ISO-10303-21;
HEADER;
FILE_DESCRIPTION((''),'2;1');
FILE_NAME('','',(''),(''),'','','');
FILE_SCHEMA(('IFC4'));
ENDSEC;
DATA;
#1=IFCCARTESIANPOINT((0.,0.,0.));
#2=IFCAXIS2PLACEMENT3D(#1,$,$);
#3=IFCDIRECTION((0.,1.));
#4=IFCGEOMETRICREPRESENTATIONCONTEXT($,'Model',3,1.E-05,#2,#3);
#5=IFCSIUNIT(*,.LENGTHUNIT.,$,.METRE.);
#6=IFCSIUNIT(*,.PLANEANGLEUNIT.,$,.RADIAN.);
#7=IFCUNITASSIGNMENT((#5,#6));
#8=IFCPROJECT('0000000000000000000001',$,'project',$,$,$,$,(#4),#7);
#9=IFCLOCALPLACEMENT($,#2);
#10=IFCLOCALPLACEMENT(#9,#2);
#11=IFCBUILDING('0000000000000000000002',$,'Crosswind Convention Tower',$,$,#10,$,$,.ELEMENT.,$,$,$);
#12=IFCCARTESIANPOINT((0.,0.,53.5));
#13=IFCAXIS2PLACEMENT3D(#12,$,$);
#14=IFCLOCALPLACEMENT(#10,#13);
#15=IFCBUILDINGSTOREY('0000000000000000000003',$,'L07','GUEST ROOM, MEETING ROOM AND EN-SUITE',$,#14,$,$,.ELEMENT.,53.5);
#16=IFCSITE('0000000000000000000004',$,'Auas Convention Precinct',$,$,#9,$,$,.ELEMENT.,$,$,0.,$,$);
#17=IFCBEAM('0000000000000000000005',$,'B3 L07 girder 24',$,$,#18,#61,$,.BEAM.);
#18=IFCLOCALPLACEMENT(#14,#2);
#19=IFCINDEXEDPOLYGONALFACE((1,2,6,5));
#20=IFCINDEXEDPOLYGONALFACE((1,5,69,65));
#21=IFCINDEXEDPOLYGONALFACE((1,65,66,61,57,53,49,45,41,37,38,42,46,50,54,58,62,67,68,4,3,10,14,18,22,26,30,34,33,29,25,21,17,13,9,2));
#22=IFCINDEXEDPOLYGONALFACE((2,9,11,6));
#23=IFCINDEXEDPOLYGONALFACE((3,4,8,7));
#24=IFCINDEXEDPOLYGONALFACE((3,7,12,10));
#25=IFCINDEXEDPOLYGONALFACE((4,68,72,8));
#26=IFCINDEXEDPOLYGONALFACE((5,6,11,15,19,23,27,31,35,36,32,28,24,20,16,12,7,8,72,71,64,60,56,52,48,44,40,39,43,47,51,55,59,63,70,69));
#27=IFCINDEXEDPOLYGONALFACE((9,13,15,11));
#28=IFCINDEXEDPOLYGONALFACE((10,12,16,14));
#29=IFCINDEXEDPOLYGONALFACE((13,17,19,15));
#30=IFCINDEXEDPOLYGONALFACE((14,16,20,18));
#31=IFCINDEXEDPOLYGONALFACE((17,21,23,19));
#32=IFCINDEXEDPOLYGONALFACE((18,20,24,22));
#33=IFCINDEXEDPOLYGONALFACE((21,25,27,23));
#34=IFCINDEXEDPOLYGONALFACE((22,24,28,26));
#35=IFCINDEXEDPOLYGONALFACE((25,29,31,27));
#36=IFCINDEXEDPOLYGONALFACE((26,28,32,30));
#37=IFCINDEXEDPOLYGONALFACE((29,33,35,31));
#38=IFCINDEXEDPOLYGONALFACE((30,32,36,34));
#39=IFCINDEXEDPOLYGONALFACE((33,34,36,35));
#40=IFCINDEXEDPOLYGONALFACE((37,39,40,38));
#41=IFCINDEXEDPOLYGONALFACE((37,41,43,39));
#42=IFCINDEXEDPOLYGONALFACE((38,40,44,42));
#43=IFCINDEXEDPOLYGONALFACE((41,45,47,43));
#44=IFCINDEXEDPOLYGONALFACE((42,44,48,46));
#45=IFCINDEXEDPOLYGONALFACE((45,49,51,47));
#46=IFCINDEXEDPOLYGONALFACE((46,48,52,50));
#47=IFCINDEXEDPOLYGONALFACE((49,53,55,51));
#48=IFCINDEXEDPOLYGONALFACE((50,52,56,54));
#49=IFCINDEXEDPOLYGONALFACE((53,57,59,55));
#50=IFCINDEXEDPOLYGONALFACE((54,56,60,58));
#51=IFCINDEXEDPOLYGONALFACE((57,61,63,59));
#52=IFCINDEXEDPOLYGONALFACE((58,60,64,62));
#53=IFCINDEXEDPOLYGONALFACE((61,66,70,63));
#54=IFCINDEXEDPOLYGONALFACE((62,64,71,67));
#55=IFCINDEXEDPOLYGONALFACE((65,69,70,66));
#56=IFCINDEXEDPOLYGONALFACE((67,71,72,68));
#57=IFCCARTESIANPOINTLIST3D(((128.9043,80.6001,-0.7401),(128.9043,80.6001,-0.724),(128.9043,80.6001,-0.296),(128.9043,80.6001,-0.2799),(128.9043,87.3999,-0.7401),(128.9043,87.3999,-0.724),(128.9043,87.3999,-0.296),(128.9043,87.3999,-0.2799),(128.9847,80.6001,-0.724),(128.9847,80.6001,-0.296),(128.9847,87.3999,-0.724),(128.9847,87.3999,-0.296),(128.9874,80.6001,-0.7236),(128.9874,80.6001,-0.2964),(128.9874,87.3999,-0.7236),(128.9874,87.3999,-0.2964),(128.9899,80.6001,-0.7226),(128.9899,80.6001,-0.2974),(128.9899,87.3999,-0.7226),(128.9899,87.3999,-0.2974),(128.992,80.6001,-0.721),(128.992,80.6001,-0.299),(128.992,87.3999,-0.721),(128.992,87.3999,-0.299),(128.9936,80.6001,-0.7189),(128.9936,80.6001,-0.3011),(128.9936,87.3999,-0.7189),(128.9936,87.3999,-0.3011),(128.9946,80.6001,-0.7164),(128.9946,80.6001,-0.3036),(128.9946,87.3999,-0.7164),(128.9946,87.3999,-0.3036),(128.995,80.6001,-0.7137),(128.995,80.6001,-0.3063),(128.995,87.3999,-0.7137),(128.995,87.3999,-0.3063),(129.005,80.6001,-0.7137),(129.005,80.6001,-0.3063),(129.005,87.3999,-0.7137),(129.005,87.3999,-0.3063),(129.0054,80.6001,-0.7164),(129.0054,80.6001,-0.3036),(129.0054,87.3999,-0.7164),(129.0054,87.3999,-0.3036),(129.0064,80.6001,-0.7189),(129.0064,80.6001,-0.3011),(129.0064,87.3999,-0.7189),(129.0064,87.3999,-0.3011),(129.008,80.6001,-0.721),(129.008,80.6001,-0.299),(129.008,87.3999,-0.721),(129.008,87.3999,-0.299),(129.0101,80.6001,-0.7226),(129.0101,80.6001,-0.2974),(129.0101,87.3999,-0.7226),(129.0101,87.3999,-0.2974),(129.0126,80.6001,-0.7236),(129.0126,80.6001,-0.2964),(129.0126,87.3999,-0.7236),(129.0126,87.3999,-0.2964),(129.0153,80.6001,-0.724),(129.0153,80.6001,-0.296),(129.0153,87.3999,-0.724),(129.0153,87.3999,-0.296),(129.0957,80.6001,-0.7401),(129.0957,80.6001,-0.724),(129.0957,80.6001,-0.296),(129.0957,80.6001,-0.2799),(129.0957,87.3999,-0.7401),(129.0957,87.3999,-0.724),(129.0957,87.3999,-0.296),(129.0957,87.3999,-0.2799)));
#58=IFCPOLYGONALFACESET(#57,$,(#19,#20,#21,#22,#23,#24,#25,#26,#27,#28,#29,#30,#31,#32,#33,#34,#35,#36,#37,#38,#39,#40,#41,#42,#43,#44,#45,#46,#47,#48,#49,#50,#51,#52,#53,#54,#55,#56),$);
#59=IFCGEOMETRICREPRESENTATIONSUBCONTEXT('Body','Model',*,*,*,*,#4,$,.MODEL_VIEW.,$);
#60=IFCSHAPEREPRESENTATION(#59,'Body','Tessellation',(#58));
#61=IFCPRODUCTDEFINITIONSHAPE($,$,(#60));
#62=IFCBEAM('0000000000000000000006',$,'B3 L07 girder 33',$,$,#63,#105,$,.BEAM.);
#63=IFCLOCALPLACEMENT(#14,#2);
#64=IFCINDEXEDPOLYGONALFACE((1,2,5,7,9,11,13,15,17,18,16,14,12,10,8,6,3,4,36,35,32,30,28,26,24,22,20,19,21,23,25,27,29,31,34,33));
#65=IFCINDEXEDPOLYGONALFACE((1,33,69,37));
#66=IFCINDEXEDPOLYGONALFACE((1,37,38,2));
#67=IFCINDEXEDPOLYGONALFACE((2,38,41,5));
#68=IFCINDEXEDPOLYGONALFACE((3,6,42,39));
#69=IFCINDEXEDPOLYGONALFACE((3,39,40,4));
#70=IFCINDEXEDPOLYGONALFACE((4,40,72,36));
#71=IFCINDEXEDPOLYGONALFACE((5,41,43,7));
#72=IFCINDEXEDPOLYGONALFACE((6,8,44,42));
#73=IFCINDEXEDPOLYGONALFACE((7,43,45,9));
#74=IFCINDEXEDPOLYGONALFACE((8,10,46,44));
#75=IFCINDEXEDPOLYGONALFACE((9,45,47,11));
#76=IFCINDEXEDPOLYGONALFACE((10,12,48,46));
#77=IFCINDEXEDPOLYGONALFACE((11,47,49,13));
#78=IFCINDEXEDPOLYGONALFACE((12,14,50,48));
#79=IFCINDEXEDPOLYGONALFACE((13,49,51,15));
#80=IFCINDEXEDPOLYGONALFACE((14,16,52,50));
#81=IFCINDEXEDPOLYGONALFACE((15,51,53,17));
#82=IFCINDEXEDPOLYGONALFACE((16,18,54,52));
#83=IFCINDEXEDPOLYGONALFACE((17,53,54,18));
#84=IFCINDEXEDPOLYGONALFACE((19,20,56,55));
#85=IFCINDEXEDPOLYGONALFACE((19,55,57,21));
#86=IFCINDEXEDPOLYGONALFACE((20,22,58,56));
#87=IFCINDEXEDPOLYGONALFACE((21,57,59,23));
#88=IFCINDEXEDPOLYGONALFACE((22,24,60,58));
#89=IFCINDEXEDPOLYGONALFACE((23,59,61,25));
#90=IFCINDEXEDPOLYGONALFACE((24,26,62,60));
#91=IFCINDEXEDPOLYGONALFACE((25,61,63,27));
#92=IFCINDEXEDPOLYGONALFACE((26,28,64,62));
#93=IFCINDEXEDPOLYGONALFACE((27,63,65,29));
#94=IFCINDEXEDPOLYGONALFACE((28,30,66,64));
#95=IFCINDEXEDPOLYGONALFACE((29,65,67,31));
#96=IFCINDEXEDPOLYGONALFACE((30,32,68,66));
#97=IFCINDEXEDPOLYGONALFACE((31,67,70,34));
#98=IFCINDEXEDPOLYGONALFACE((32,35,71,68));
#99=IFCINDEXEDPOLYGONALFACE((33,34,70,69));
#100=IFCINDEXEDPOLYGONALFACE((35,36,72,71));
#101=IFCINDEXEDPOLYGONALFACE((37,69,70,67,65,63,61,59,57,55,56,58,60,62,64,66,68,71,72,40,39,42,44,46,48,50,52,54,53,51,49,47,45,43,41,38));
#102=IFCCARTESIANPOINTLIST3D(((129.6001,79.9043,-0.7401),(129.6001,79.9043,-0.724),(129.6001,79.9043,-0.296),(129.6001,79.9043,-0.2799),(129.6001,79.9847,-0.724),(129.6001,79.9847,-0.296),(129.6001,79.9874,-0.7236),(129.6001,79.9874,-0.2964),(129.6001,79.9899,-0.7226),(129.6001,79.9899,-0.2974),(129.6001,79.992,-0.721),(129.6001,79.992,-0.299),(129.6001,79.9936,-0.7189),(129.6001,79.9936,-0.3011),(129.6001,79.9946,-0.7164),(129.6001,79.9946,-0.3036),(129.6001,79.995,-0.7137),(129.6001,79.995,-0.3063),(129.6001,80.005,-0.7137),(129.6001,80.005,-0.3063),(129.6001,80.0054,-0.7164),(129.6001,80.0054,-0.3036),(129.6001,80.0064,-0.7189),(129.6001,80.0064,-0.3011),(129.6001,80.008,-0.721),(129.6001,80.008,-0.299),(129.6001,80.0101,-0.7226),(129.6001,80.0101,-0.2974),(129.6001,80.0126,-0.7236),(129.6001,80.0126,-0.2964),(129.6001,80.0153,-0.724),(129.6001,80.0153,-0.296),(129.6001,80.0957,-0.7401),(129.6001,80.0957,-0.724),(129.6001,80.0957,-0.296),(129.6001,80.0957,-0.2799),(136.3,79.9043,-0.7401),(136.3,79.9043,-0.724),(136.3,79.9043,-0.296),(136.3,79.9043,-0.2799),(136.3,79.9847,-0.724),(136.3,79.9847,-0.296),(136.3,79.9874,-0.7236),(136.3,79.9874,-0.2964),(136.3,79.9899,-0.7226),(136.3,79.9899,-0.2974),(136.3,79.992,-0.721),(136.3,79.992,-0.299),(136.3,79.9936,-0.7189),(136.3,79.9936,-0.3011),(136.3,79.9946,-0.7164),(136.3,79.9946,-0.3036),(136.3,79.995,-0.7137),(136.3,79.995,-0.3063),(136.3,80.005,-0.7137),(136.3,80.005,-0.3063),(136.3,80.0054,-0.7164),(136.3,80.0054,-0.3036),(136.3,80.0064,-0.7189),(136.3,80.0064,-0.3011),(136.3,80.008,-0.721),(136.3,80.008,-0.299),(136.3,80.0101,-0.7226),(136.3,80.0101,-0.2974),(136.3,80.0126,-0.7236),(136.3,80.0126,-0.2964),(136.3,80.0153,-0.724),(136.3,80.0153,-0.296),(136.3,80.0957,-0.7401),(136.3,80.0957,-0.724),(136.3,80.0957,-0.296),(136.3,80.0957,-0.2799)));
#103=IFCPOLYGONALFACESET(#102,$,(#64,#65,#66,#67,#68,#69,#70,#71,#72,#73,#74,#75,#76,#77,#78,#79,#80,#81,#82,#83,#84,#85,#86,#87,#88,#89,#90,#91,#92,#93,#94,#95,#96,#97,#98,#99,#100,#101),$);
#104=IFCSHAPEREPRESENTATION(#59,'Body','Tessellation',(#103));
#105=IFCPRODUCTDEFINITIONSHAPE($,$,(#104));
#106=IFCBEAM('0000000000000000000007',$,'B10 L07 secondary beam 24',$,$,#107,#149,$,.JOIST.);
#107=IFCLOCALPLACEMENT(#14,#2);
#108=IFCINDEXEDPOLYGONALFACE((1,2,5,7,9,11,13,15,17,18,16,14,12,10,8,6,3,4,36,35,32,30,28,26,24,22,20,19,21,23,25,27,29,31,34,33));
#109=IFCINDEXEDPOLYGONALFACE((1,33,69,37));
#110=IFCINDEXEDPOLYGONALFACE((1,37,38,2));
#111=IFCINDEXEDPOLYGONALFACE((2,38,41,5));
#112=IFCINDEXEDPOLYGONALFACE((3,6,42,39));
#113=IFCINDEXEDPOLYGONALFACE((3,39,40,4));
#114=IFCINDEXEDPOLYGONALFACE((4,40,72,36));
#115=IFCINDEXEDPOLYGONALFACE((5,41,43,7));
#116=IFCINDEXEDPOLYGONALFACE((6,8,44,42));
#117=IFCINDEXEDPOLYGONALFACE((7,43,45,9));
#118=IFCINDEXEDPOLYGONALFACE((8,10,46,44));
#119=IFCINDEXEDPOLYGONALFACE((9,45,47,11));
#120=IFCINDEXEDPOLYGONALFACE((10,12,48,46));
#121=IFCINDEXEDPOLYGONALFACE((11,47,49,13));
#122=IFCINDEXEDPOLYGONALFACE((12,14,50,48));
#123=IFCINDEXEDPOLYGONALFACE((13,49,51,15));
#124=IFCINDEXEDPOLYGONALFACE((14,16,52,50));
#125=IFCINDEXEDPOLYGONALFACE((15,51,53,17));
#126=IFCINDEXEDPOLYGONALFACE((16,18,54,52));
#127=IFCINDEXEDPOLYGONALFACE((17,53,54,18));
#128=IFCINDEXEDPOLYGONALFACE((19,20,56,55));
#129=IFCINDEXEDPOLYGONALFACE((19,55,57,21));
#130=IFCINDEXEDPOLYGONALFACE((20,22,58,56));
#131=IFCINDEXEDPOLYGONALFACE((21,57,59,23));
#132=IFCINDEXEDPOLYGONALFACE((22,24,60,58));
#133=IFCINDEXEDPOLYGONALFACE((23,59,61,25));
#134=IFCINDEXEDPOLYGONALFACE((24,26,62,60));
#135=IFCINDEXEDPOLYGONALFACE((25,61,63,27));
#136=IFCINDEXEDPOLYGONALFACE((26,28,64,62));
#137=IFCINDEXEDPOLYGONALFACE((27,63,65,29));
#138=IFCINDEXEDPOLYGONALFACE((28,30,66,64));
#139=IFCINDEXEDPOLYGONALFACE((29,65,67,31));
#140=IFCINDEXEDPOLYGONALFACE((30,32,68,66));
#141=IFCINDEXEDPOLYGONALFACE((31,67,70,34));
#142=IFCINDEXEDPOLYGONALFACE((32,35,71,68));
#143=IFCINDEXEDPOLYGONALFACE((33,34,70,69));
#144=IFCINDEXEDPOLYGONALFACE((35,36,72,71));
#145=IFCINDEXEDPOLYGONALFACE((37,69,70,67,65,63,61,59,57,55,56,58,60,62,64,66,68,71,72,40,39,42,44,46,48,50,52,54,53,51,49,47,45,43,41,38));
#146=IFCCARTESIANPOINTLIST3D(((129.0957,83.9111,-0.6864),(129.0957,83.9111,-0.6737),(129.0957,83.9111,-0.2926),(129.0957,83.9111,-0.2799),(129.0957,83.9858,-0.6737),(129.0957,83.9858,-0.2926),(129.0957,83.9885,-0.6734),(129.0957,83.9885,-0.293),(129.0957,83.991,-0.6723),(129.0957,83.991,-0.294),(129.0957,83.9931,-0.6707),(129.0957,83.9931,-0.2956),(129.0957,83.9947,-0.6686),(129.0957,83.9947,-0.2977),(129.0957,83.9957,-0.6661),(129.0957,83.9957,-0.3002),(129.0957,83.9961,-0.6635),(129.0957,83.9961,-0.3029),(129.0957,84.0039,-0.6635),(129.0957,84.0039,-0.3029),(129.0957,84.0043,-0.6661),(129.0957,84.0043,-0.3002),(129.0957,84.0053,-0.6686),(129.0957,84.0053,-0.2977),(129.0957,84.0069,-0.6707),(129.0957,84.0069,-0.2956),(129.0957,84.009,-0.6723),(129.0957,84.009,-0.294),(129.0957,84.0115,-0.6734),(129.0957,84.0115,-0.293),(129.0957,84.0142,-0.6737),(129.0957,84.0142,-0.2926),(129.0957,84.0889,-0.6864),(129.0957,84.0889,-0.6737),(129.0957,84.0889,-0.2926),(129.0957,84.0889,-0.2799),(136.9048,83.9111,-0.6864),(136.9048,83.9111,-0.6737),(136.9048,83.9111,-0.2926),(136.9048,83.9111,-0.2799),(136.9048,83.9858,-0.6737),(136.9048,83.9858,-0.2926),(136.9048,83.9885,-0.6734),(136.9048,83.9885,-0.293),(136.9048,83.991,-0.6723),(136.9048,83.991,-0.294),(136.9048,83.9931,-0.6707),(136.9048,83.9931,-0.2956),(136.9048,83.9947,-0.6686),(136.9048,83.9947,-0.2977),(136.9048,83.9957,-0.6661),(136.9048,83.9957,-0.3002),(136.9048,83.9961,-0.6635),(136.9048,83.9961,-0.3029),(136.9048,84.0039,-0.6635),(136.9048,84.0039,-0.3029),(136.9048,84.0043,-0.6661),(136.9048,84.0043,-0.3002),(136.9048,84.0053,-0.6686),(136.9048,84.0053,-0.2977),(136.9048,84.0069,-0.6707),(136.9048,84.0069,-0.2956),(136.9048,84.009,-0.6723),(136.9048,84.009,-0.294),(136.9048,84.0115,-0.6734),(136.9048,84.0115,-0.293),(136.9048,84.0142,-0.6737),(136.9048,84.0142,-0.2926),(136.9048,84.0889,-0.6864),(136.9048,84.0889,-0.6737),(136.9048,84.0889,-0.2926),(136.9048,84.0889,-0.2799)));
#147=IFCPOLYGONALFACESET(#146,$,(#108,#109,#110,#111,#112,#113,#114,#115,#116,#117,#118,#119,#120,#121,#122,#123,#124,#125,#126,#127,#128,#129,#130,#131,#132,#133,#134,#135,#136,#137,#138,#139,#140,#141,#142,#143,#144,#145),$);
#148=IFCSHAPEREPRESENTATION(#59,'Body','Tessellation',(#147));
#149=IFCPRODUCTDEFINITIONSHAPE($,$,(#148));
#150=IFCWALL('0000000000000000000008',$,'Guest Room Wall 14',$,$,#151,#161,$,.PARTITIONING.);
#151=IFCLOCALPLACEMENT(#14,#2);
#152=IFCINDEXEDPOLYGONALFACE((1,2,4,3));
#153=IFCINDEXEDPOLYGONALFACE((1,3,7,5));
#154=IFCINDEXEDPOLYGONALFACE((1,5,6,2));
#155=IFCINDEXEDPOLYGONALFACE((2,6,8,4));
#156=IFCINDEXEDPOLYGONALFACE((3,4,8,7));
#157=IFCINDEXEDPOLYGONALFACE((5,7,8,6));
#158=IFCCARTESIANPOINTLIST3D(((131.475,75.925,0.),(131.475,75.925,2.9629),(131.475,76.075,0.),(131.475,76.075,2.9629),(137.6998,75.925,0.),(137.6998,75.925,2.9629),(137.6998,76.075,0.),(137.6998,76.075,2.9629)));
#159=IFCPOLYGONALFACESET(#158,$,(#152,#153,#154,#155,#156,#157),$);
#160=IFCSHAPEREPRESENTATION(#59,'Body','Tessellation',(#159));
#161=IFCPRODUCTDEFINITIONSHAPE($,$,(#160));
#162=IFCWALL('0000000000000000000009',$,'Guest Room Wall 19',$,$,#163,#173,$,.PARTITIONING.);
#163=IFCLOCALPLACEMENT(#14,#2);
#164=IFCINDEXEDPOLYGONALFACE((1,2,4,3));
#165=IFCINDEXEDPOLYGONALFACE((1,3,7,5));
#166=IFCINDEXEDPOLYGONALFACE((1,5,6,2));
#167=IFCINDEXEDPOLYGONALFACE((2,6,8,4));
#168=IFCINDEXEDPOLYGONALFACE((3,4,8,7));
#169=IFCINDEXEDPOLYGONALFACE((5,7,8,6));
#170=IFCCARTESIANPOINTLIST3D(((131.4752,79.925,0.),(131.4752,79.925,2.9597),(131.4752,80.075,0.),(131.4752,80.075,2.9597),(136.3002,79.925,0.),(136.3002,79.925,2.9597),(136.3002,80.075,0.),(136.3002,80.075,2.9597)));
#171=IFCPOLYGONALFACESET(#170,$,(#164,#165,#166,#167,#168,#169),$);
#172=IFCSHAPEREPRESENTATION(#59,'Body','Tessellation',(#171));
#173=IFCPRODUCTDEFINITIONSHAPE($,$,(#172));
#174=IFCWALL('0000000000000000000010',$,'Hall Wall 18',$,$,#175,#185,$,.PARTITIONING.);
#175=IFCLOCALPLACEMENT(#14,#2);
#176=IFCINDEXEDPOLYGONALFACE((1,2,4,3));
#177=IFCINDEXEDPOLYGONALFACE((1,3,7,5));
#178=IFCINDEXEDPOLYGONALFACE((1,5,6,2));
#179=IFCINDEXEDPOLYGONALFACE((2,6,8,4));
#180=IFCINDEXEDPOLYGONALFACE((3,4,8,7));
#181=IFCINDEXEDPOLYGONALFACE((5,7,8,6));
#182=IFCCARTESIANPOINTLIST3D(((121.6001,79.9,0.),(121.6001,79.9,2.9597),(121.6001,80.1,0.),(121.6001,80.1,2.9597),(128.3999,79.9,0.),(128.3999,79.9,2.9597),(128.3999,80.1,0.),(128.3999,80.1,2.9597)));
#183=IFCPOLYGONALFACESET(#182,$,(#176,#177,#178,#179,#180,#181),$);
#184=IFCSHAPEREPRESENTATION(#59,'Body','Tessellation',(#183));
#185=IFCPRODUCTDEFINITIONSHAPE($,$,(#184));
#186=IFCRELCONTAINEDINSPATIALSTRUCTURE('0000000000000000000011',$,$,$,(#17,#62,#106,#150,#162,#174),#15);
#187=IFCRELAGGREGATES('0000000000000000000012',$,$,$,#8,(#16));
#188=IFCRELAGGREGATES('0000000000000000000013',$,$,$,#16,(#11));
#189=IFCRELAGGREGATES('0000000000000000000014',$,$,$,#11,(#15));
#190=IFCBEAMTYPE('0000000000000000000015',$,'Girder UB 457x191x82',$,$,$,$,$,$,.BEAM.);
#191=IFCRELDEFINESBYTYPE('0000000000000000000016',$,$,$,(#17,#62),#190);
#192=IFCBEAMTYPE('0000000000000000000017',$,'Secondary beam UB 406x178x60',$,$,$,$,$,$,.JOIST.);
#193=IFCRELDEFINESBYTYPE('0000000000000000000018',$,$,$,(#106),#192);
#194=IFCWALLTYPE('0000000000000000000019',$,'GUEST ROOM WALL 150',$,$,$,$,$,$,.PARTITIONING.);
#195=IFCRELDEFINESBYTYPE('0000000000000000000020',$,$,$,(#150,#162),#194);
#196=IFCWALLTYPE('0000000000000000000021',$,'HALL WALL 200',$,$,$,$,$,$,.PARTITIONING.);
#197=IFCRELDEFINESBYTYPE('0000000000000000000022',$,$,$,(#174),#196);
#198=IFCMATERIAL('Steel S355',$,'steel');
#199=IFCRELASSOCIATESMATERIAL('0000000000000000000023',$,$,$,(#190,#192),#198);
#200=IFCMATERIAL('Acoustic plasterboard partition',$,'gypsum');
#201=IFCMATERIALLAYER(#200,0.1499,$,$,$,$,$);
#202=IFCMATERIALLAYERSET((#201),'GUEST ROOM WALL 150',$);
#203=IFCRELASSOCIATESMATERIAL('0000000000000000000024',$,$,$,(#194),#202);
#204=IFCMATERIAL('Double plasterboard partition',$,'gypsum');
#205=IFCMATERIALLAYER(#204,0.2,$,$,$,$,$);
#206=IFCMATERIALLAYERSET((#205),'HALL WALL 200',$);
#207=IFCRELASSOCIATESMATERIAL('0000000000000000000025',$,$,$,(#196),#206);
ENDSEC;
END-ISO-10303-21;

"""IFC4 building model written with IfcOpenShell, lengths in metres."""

from ifc_helpers import new_model, si_unit, direction, frame, frame_2d, origin, origin_2d, place, context, subcontext, project, spatial, rectangle, i_section, extrude, material, layer, layer_set, material_profile, profile_set, type_object, element, save


model = new_model("IFC4")

# Units and contexts
model_context = context("Model", 3, precision=1e-05, world=origin(), true_north=direction((0.0, 1.0)))
body_context = subcontext(model_context, "Body", "Model", "MODEL_VIEW")
ifc_project = project(units=[si_unit("LENGTHUNIT", "METRE"), si_unit("PLANEANGLEUNIT", "RADIAN")], contexts=[model_context])

# Site, building, storey
site_placement = place(None, origin())
site = spatial("IfcSite", under=ifc_project, at=site_placement, Name="Auas Convention Precinct", CompositionType="ELEMENT", RefElevation=0.0)
building_placement = place(site_placement, origin())
building = spatial("IfcBuilding", under=site, at=building_placement, Name="Crosswind Convention Tower", CompositionType="ELEMENT")
storey_placement = place(building_placement, frame((0.0, 0.0, 53.5)))
storey = spatial("IfcBuildingStorey", under=building, at=storey_placement, Name="L07", Description="GUEST ROOM, MEETING ROOM AND EN-SUITE", CompositionType="ELEMENT", Elevation=53.5)

# Beams
ifc_material_1 = material(Name="Steel S355", Category="steel")
ifc_material_profile_1 = material_profile(ifc_material_1, i_section(OverallWidth=0.1914, OverallDepth=0.4602, WebThickness=0.01, FlangeThickness=0.0161, FilletRadius=0.0103, at=origin_2d()), Name="UB 457x191x82")
ifc_profile_set_1 = profile_set([ifc_material_profile_1], Name="Steel S355")
beam_type_1 = type_object("IfcBeamType", Name="Girder UB 457x191x82", PredefinedType="BEAM", material=ifc_profile_set_1)
for number, where, z_axis, x_axis, name in (
    (1, (129.0, 80.6001, -0.51), (0.0, 1.0, 0.0), (-1.0, 0.0, 0.0), "B3 L07 girder 24"),
):
    element("IfcBeam", number, at=place(storey_placement, frame(where, z_axis=z_axis, x_axis=x_axis)), inside=storey, type_object=beam_type_1, Name=name, PredefinedType="BEAM", context=body_context, shape_type="SweptSolid", body=[
        extrude(i_section(OverallWidth=0.1914, OverallDepth=0.4602, WebThickness=0.01, FlangeThickness=0.0161, FilletRadius=0.0103, at=origin_2d()), origin(), (0.0, 0.0, 1.0), 6.7998),
    ])
beam_1_placement = place(storey_placement, frame((129.6001, 80.0, -0.51), z_axis=(1.0, 0.0, 0.0), x_axis=(0.0, 1.0, 0.0)))
element("IfcBeam", 2, at=beam_1_placement, inside=storey, type_object=beam_type_1, Name="B3 L07 girder 33", PredefinedType="BEAM", context=body_context, shape_type="SweptSolid", body=[
    extrude(i_section(OverallWidth=0.1914, OverallDepth=0.4602, WebThickness=0.01, FlangeThickness=0.0161, FilletRadius=0.0103, at=origin_2d()), origin(), (0.0, 0.0, 1.0), 6.7),
])
ifc_material_profile_2 = material_profile(ifc_material_1, i_section(OverallWidth=0.1777, OverallDepth=0.4065, WebThickness=0.0078, FlangeThickness=0.0127, FilletRadius=0.0103, at=origin_2d()), Name="UB 406x178x60")
ifc_profile_set_2 = profile_set([ifc_material_profile_2], Name="Steel S355")
beam_type_2 = type_object("IfcBeamType", Name="Secondary beam UB 406x178x60", PredefinedType="JOIST", material=ifc_profile_set_2)
beam_2_placement = place(storey_placement, frame((129.0957, 84.0, -0.4832), z_axis=(1.0, 0.0, 0.0), x_axis=(0.0, 1.0, 0.0)))
element("IfcBeam", 3, at=beam_2_placement, inside=storey, type_object=beam_type_2, Name="B10 L07 secondary beam 24", PredefinedType="JOIST", context=body_context, shape_type="SweptSolid", body=[
    extrude(i_section(OverallWidth=0.1777, OverallDepth=0.4065, WebThickness=0.0078, FlangeThickness=0.0127, FilletRadius=0.0103, at=origin_2d()), origin(), (0.0, 0.0, 1.0), 7.8091),
])

# Walls
ifc_material_2 = material(Name="Acoustic plasterboard partition", Category="gypsum")
ifc_layer_1 = layer(ifc_material_2, 0.1499)
ifc_layer_set_1 = layer_set([ifc_layer_1], Name="GUEST ROOM WALL 150")
wall_type_1 = type_object("IfcWallType", Name="GUEST ROOM WALL 150", PredefinedType="PARTITIONING", material=ifc_layer_set_1)
wall_1_placement = place(storey_placement, frame((131.4751, 76.0, 0.0), z_axis=(0.0, 0.0, 1.0), x_axis=(1.0, 0.0, 0.0)))
element("IfcWall", 4, at=wall_1_placement, inside=storey, type_object=wall_type_1, Name="Guest Room Wall 14", PredefinedType="PARTITIONING", context=body_context, shape_type="SweptSolid", body=[
    extrude(rectangle(XDim=6.2249, YDim=0.1499, at=frame_2d((3.1123, 0.0))), origin(), (0.0, 0.0, 1.0), 2.9629),
])
wall_2_placement = place(storey_placement, frame((131.4751, 80.0, 0.0), z_axis=(0.0, 0.0, 1.0), x_axis=(1.0, 0.0, 0.0)))
element("IfcWall", 5, at=wall_2_placement, inside=storey, type_object=wall_type_1, Name="Guest Room Wall 19", PredefinedType="PARTITIONING", context=body_context, shape_type="SweptSolid", body=[
    extrude(rectangle(XDim=4.825, YDim=0.1499, at=frame_2d((2.4126, 0.0))), origin(), (0.0, 0.0, 1.0), 2.9597),
])
ifc_material_3 = material(Name="Double plasterboard partition", Category="gypsum")
ifc_layer_2 = layer(ifc_material_3, 0.2)
ifc_layer_set_2 = layer_set([ifc_layer_2], Name="HALL WALL 200")
wall_type_2 = type_object("IfcWallType", Name="HALL WALL 200", PredefinedType="PARTITIONING", material=ifc_layer_set_2)
for number, where, z_axis, x_axis, name in (
    (6, (121.6001, 80.0, 0.0), (0.0, 0.0, 1.0), (1.0, 0.0, 0.0), "Hall Wall 18"),
):
    element("IfcWall", number, at=place(storey_placement, frame(where, z_axis=z_axis, x_axis=x_axis)), inside=storey, type_object=wall_type_2, Name=name, PredefinedType="PARTITIONING", context=body_context, shape_type="SweptSolid", body=[
        extrude(rectangle(XDim=6.7998, YDim=0.2, at=frame_2d((3.3999, 0.0))), origin(), (0.0, 0.0, 1.0), 2.9597),
    ])

save(model, "model.ifc")
